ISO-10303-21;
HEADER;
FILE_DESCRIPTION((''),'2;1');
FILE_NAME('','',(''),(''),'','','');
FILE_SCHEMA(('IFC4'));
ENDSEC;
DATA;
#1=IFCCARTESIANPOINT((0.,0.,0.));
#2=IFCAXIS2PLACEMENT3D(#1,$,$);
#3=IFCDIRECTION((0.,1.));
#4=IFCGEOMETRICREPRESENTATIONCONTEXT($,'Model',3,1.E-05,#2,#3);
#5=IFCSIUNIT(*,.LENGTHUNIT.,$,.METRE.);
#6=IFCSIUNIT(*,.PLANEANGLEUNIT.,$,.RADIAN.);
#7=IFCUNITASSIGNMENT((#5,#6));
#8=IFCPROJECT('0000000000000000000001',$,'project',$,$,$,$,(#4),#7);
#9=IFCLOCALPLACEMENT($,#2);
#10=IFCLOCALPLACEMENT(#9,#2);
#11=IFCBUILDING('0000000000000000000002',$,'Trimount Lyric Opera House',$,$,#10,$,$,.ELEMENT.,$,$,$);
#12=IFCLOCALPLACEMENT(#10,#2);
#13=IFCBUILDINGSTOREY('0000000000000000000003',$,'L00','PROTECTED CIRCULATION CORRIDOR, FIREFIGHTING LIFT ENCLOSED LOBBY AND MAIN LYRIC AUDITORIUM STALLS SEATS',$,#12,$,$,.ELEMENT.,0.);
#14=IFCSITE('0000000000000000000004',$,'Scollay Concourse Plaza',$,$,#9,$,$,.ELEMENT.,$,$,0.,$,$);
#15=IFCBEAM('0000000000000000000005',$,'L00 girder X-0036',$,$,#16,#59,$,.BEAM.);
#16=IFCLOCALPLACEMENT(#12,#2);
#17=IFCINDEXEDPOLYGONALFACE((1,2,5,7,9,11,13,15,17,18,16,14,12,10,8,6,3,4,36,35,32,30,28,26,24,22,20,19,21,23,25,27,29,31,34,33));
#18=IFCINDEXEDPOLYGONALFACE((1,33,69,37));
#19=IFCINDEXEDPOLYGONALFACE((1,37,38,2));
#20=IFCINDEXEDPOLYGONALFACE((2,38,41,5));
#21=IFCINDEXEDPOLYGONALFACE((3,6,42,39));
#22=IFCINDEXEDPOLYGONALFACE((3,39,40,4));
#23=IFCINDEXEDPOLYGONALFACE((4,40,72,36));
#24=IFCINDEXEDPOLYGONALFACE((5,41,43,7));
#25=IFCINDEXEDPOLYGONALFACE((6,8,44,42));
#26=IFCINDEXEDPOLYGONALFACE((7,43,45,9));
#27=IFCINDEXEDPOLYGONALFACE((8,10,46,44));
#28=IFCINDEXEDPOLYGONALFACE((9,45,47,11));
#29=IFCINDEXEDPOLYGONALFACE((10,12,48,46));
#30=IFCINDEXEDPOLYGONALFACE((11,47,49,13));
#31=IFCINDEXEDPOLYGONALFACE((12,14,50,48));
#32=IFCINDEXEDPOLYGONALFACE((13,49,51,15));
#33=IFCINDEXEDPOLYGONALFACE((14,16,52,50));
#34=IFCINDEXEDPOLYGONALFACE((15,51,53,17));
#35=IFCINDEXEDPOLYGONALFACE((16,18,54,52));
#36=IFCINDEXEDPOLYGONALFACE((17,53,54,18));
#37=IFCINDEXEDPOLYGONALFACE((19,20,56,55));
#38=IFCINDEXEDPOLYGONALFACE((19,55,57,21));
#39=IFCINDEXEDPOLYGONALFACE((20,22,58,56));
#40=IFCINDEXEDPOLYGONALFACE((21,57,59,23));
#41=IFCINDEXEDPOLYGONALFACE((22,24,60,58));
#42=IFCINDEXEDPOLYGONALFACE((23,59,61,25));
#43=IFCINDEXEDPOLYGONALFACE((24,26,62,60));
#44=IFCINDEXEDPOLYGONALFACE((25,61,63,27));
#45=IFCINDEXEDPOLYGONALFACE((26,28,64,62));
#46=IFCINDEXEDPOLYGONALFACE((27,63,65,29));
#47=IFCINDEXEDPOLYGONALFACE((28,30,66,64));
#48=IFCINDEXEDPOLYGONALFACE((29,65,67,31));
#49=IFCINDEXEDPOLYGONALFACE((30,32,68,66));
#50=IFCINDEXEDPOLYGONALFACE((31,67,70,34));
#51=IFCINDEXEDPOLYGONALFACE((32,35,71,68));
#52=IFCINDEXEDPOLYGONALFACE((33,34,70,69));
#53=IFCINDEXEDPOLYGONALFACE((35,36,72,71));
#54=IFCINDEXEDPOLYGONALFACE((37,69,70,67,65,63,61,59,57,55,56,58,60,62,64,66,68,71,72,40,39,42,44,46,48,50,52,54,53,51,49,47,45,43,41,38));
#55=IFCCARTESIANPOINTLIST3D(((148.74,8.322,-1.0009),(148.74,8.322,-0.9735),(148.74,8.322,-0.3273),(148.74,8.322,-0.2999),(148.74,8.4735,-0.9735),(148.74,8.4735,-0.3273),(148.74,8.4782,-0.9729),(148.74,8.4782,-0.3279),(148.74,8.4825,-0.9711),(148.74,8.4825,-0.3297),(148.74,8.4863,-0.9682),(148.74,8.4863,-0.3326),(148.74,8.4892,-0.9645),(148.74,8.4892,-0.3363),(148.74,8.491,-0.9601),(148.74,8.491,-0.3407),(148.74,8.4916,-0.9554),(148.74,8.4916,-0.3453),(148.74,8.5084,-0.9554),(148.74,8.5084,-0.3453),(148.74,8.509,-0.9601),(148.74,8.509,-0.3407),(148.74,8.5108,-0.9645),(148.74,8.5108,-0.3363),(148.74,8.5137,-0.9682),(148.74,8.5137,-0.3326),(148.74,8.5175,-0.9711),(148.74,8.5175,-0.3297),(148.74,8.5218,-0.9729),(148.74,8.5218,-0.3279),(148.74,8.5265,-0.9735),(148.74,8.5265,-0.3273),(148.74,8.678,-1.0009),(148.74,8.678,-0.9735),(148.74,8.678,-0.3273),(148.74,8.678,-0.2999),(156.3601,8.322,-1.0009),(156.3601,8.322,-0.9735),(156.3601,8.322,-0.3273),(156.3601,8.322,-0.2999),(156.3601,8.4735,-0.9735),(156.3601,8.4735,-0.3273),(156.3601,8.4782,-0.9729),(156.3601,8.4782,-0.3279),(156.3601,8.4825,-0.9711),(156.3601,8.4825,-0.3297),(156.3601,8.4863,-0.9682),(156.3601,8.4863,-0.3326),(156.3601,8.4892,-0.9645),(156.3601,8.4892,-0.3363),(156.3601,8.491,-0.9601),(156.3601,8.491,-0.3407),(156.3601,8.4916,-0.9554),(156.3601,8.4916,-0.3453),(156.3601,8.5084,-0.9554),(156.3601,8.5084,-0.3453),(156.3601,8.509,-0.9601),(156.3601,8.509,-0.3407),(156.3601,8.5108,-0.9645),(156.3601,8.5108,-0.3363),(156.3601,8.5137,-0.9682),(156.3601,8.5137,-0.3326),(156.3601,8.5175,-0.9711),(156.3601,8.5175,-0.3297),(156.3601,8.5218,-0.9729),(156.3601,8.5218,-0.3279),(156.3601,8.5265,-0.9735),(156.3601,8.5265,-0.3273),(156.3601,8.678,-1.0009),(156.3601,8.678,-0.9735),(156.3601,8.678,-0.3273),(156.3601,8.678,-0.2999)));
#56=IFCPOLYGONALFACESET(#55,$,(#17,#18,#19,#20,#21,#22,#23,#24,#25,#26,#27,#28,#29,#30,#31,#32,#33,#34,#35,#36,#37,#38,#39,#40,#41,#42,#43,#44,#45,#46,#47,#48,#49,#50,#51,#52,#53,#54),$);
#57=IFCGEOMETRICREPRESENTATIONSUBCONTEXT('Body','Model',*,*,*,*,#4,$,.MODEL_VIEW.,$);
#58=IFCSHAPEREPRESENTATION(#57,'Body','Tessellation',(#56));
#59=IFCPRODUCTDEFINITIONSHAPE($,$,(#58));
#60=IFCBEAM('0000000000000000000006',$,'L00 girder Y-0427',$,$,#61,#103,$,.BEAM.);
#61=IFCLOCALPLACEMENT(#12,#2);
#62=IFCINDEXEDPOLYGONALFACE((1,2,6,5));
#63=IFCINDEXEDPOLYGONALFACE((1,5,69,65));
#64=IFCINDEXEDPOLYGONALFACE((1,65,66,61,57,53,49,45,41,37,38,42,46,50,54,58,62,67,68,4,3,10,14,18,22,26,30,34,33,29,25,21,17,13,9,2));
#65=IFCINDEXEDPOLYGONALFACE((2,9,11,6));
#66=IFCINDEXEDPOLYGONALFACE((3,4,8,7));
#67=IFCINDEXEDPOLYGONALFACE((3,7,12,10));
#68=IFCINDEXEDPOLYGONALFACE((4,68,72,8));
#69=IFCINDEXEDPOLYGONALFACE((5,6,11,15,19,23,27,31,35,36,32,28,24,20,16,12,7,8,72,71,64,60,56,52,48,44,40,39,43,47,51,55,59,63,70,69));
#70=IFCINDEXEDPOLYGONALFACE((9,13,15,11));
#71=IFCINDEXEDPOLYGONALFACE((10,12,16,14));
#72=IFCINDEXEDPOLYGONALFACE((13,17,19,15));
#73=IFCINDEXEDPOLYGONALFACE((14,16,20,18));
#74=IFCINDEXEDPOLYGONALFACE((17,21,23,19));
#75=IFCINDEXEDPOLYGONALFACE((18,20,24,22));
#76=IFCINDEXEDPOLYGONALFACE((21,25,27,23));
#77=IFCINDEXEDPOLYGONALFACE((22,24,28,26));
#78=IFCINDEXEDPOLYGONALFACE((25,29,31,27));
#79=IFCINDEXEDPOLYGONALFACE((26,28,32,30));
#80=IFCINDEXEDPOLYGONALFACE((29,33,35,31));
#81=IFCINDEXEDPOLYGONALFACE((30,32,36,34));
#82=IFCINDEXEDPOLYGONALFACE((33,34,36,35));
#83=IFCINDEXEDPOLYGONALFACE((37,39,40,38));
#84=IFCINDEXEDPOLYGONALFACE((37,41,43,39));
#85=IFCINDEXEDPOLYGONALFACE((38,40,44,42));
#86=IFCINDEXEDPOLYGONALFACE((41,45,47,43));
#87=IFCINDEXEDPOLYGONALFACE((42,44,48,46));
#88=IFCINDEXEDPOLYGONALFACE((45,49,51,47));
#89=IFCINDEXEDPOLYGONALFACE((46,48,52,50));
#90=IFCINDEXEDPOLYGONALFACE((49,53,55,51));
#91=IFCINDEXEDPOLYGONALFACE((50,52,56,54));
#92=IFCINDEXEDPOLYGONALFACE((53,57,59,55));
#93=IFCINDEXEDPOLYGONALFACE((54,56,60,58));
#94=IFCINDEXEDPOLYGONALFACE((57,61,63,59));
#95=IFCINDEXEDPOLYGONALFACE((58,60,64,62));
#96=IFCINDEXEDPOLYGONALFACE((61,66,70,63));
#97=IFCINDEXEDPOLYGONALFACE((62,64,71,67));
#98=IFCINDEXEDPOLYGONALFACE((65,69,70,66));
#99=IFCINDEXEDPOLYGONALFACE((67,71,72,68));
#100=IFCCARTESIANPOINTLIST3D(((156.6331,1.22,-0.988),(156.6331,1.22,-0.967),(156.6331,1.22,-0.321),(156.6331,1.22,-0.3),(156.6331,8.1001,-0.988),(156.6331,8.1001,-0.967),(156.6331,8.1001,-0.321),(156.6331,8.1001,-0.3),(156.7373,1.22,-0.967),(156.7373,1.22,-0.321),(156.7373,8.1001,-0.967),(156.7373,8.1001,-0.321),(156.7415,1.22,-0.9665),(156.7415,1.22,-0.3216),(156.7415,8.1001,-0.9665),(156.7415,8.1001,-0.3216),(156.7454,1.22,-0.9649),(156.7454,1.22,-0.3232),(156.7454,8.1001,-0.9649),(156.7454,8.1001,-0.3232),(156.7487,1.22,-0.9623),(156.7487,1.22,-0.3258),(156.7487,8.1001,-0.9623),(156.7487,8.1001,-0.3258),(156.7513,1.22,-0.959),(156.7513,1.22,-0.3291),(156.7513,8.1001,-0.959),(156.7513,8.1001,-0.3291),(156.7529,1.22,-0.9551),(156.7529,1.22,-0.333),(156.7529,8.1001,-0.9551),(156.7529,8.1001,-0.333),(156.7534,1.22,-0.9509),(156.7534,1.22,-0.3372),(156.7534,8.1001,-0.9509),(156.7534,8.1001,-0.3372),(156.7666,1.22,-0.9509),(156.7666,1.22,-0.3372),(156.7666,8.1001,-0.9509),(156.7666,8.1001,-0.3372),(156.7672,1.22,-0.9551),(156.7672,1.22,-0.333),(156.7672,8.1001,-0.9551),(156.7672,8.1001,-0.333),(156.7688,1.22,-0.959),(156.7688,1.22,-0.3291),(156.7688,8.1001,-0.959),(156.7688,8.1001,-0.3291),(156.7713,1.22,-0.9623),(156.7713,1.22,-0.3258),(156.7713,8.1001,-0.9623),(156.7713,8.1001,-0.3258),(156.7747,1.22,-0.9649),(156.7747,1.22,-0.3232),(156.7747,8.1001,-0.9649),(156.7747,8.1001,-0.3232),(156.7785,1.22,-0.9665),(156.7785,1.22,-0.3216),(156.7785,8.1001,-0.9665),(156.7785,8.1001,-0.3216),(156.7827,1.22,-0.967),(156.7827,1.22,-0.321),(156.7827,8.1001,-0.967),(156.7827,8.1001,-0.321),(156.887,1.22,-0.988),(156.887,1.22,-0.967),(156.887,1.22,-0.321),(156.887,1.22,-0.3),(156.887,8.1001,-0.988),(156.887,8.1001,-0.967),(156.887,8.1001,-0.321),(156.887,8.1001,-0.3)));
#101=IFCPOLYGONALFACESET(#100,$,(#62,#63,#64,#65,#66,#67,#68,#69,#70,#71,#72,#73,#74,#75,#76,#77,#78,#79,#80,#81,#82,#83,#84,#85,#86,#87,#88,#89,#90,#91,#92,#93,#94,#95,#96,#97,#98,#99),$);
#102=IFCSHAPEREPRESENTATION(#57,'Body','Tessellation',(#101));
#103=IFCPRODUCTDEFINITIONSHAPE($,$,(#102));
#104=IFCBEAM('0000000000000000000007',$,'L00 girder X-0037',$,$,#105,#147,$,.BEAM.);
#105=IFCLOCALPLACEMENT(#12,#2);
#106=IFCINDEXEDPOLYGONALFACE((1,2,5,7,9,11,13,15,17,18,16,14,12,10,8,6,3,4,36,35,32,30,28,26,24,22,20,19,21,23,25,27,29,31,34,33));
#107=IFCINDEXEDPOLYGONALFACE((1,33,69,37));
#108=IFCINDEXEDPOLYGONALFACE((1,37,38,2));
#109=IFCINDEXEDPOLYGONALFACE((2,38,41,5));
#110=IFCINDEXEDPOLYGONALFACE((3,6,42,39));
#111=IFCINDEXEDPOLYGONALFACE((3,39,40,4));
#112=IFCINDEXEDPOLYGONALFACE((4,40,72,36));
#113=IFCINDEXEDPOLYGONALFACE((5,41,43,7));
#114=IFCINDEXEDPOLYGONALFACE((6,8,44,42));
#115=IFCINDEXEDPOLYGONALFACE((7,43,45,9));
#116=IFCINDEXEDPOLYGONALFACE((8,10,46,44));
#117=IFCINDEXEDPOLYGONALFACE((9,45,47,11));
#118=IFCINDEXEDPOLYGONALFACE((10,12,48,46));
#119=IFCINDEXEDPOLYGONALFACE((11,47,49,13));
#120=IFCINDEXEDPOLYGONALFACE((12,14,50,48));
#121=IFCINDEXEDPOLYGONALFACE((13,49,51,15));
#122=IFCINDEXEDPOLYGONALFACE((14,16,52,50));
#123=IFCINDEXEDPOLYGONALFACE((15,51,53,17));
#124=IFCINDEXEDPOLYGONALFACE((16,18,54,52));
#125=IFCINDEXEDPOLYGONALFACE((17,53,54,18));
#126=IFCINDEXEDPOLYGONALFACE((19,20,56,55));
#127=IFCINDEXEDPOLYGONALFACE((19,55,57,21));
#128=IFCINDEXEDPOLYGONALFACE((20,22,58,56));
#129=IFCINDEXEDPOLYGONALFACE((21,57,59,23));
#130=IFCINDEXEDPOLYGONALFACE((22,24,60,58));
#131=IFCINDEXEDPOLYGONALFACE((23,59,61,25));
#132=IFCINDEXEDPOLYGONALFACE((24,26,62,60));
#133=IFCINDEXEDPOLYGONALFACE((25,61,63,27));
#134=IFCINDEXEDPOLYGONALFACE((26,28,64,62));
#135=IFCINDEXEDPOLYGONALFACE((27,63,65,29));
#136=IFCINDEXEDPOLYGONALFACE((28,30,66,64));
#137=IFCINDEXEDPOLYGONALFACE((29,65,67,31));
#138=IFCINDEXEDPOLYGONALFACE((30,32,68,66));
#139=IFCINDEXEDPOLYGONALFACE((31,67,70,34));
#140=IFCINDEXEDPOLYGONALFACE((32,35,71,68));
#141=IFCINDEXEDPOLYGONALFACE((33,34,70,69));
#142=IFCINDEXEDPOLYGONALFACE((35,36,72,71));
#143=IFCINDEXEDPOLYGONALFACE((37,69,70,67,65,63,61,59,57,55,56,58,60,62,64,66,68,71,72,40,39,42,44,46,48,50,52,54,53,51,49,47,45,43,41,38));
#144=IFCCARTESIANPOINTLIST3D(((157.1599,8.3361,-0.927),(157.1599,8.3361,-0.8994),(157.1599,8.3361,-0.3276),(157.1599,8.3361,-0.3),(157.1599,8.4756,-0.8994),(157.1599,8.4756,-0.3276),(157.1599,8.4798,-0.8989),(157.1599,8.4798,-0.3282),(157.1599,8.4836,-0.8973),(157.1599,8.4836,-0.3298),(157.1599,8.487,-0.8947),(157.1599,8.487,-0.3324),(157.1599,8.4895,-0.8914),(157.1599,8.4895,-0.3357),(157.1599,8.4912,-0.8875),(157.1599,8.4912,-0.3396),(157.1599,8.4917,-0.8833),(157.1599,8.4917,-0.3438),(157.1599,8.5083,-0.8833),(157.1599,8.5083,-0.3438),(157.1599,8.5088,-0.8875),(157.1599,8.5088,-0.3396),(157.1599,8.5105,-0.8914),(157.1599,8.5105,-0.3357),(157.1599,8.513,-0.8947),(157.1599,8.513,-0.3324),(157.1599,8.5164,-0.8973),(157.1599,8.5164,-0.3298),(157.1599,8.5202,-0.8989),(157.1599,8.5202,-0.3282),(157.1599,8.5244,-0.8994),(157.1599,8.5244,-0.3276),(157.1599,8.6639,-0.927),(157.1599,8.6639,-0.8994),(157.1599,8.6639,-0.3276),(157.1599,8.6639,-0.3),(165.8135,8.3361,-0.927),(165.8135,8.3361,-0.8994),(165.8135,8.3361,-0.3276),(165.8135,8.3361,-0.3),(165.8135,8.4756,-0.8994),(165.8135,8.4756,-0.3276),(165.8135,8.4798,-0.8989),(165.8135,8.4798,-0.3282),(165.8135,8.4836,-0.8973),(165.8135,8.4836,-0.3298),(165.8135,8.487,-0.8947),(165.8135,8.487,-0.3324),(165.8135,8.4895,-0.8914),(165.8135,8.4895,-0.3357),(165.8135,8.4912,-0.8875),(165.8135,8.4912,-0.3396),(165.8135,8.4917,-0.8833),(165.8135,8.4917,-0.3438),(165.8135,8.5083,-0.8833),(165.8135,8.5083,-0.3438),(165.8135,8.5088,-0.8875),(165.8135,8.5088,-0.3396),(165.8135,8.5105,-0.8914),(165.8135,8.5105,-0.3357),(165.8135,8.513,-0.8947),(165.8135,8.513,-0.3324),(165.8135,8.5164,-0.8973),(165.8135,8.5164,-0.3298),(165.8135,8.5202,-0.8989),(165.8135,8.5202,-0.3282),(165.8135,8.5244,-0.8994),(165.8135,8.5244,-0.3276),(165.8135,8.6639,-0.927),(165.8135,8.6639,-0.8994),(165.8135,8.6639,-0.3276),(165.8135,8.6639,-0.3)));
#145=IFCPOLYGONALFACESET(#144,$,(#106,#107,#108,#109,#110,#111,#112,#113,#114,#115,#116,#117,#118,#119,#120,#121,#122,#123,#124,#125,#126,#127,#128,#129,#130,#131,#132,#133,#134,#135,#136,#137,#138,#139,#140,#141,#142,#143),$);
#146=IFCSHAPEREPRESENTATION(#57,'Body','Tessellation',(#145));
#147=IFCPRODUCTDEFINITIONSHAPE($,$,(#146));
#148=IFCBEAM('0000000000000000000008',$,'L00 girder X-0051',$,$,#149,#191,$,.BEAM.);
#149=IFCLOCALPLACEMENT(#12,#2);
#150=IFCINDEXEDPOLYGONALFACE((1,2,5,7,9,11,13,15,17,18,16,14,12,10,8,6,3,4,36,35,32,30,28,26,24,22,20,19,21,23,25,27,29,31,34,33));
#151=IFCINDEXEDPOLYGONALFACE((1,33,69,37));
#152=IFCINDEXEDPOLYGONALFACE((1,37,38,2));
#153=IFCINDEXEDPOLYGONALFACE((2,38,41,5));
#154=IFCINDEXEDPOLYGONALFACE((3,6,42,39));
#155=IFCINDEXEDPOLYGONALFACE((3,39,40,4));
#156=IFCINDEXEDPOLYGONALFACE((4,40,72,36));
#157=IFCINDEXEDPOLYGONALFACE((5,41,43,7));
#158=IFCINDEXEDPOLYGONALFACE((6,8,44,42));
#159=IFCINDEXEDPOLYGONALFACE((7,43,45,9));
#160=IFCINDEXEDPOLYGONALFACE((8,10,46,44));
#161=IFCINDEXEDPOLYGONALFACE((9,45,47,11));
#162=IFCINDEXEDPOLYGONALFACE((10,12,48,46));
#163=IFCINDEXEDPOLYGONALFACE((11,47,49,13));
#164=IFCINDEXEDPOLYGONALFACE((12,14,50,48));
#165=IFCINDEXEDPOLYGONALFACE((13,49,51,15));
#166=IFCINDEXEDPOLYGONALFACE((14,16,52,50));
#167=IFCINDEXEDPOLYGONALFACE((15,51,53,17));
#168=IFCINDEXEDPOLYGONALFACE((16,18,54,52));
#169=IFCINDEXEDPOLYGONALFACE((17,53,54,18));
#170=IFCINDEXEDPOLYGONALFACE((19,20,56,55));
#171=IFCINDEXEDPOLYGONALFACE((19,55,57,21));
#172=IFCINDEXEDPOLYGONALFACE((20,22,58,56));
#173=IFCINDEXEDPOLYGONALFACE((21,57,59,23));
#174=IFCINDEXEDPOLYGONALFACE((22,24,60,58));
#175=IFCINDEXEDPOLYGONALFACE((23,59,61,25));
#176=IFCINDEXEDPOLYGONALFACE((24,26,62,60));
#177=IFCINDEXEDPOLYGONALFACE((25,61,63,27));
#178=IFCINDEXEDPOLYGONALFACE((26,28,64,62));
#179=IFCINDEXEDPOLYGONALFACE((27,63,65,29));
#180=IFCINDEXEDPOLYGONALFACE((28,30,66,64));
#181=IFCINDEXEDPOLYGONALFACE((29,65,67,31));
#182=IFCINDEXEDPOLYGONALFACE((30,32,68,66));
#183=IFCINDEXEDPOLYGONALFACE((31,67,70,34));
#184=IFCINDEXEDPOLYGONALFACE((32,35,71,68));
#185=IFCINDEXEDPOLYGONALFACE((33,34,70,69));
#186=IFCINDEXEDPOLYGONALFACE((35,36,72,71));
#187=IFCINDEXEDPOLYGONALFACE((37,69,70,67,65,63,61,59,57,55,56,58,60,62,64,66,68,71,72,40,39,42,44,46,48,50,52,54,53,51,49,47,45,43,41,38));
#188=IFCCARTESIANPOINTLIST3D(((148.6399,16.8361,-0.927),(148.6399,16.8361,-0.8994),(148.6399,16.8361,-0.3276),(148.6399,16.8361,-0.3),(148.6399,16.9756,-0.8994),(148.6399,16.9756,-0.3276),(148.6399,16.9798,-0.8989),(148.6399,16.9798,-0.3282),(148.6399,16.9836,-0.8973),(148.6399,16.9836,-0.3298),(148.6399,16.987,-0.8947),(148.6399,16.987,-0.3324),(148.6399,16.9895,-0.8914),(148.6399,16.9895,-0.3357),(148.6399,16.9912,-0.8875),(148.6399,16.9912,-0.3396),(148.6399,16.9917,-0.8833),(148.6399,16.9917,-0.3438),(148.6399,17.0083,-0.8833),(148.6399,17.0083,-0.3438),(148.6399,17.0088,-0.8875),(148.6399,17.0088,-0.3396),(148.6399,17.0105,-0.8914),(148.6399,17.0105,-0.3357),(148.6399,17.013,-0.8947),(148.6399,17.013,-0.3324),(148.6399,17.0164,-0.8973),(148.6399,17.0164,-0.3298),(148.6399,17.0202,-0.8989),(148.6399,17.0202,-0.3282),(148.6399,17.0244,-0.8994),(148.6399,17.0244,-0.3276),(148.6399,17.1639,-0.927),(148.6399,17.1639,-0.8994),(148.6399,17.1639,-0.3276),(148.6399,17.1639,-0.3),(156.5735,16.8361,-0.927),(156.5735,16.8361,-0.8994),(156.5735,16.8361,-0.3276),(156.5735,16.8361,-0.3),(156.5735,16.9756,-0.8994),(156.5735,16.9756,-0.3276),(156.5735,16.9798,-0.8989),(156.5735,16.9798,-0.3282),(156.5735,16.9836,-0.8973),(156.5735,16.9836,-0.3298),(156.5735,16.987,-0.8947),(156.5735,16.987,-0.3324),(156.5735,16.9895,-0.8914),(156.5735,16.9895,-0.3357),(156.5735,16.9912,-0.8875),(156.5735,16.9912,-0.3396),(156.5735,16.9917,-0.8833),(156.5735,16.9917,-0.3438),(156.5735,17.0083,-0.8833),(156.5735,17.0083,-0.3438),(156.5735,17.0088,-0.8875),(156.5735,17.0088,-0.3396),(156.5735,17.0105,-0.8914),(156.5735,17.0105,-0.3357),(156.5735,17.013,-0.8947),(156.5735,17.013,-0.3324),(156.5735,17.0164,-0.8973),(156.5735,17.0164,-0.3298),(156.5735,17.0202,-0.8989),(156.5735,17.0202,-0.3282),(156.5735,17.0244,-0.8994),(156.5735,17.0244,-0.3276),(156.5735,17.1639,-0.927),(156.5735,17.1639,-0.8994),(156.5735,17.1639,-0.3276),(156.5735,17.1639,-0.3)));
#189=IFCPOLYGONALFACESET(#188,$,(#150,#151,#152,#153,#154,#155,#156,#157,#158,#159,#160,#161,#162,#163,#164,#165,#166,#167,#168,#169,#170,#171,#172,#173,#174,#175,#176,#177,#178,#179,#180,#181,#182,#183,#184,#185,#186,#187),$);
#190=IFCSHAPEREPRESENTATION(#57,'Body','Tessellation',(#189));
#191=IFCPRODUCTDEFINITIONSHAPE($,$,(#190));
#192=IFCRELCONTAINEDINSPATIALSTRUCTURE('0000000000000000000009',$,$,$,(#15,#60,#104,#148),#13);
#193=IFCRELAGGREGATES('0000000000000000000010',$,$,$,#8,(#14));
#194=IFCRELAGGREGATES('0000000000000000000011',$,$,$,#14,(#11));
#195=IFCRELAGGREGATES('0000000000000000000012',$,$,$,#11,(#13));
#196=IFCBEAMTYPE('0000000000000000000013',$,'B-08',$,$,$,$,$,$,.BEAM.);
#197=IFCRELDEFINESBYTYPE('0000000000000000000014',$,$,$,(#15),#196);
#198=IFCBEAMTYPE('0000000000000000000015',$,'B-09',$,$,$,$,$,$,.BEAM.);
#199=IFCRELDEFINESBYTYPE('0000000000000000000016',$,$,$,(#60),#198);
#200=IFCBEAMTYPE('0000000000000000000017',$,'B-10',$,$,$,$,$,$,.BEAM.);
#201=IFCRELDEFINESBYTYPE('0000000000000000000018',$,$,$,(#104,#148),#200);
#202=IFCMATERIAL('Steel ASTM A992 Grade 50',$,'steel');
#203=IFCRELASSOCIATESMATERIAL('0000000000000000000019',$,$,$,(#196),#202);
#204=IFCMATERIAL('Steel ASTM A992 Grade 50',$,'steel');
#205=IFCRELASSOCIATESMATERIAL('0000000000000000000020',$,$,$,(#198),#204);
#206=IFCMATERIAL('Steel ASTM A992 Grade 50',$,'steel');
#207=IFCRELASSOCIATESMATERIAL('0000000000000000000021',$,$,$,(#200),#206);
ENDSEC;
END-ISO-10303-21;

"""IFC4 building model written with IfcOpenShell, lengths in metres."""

from ifc_helpers import new_model, si_unit, direction, frame, origin, origin_2d, place, context, subcontext, project, spatial, i_section, extrude, material, material_profile, profile_set, type_object, element, save


model = new_model("IFC4")

# Units and contexts
model_context = context("Model", 3, precision=1e-05, world=origin(), true_north=direction((0.0, 1.0)))
body_context = subcontext(model_context, "Body", "Model", "MODEL_VIEW")
ifc_project = project(units=[si_unit("LENGTHUNIT", "METRE"), si_unit("PLANEANGLEUNIT", "RADIAN")], contexts=[model_context])

# Site, building, storey
site_placement = place(None, origin())
site = spatial("IfcSite", under=ifc_project, at=site_placement, Name="Scollay Concourse Plaza", CompositionType="ELEMENT", RefElevation=0.0)
building_placement = place(site_placement, origin())
building = spatial("IfcBuilding", under=site, at=building_placement, Name="Trimount Lyric Opera House", CompositionType="ELEMENT")
storey_placement = place(building_placement, origin())
storey = spatial("IfcBuildingStorey", under=building, at=storey_placement, Name="L00", Description="PROTECTED CIRCULATION CORRIDOR, FIREFIGHTING LIFT ENCLOSED LOBBY AND MAIN LYRIC AUDITORIUM STALLS SEATS", CompositionType="ELEMENT", Elevation=0.0)

# Beams
ifc_material_1 = material(Name="Steel ASTM A992 Grade 50", Category="steel")
ifc_material_profile_1 = material_profile(ifc_material_1, i_section(OverallWidth=0.356, OverallDepth=0.7009, WebThickness=0.0168, FlangeThickness=0.0273, FilletRadius=0.0181, at=origin_2d()), Name="W27X161")
ifc_profile_set_1 = profile_set([ifc_material_profile_1], Name="Steel ASTM A992 Grade 50")
beam_type_1 = type_object("IfcBeamType", Name="B-08", PredefinedType="BEAM", material=ifc_profile_set_1)
beam_1_placement = place(storey_placement, frame((148.74, 8.5, -0.6504), z_axis=(1.0, 0.0, 0.0), x_axis=(0.0, 1.0, 0.0)))
element("IfcBeam", 1, at=beam_1_placement, inside=storey, type_object=beam_type_1, Name="L00 girder X-0036", PredefinedType="BEAM", context=body_context, shape_type="SweptSolid", body=[
    extrude(i_section(OverallWidth=0.356, OverallDepth=0.7009, WebThickness=0.0168, FlangeThickness=0.0273, FilletRadius=0.0181, at=origin_2d()), origin(), (0.0, 0.0, 1.0), 7.6201),
])
ifc_material_2 = material(Name="Steel ASTM A992 Grade 50", Category="steel")
ifc_material_profile_2 = material_profile(ifc_material_2, i_section(OverallWidth=0.2539, OverallDepth=0.688, WebThickness=0.0132, FlangeThickness=0.021, FilletRadius=0.0161, at=origin_2d()), Name="W27X102")
ifc_profile_set_2 = profile_set([ifc_material_profile_2], Name="Steel ASTM A992 Grade 50")
beam_type_2 = type_object("IfcBeamType", Name="B-09", PredefinedType="BEAM", material=ifc_profile_set_2)
beam_2_placement = place(storey_placement, frame((156.76, 1.22, -0.644), z_axis=(0.0, 1.0, 0.0), x_axis=(-1.0, 0.0, 0.0)))
element("IfcBeam", 2, at=beam_2_placement, inside=storey, type_object=beam_type_2, Name="L00 girder Y-0427", PredefinedType="BEAM", context=body_context, shape_type="SweptSolid", body=[
    extrude(i_section(OverallWidth=0.2539, OverallDepth=0.688, WebThickness=0.0132, FlangeThickness=0.021, FilletRadius=0.0161, at=origin_2d()), origin(), (0.0, 0.0, 1.0), 6.8801),
])
ifc_material_3 = material(Name="Steel ASTM A992 Grade 50", Category="steel")
ifc_material_profile_3 = material_profile(ifc_material_3, i_section(OverallWidth=0.3279, OverallDepth=0.627, WebThickness=0.0166, FlangeThickness=0.0276, FilletRadius=0.0161, at=origin_2d()), Name="W24X146")
ifc_profile_set_3 = profile_set([ifc_material_profile_3], Name="Steel ASTM A992 Grade 50")
beam_type_3 = type_object("IfcBeamType", Name="B-10", PredefinedType="BEAM", material=ifc_profile_set_3)
beam_3_placement = place(storey_placement, frame((157.1599, 8.5, -0.6135), z_axis=(1.0, 0.0, 0.0), x_axis=(0.0, 1.0, 0.0)))
element("IfcBeam", 3, at=beam_3_placement, inside=storey, type_object=beam_type_3, Name="L00 girder X-0037", PredefinedType="BEAM", context=body_context, shape_type="SweptSolid", body=[
    extrude(i_section(OverallWidth=0.3279, OverallDepth=0.627, WebThickness=0.0166, FlangeThickness=0.0276, FilletRadius=0.0161, at=origin_2d()), origin(), (0.0, 0.0, 1.0), 8.6536),
])
beam_4_placement = place(storey_placement, frame((148.6399, 17.0, -0.6135), z_axis=(1.0, 0.0, 0.0), x_axis=(0.0, 1.0, 0.0)))
element("IfcBeam", 4, at=beam_4_placement, inside=storey, type_object=beam_type_3, Name="L00 girder X-0051", PredefinedType="BEAM", context=body_context, shape_type="SweptSolid", body=[
    extrude(i_section(OverallWidth=0.3279, OverallDepth=0.627, WebThickness=0.0166, FlangeThickness=0.0276, FilletRadius=0.0161, at=origin_2d()), origin(), (0.0, 0.0, 1.0), 7.9336),
])

save(model, "model.ifc")
